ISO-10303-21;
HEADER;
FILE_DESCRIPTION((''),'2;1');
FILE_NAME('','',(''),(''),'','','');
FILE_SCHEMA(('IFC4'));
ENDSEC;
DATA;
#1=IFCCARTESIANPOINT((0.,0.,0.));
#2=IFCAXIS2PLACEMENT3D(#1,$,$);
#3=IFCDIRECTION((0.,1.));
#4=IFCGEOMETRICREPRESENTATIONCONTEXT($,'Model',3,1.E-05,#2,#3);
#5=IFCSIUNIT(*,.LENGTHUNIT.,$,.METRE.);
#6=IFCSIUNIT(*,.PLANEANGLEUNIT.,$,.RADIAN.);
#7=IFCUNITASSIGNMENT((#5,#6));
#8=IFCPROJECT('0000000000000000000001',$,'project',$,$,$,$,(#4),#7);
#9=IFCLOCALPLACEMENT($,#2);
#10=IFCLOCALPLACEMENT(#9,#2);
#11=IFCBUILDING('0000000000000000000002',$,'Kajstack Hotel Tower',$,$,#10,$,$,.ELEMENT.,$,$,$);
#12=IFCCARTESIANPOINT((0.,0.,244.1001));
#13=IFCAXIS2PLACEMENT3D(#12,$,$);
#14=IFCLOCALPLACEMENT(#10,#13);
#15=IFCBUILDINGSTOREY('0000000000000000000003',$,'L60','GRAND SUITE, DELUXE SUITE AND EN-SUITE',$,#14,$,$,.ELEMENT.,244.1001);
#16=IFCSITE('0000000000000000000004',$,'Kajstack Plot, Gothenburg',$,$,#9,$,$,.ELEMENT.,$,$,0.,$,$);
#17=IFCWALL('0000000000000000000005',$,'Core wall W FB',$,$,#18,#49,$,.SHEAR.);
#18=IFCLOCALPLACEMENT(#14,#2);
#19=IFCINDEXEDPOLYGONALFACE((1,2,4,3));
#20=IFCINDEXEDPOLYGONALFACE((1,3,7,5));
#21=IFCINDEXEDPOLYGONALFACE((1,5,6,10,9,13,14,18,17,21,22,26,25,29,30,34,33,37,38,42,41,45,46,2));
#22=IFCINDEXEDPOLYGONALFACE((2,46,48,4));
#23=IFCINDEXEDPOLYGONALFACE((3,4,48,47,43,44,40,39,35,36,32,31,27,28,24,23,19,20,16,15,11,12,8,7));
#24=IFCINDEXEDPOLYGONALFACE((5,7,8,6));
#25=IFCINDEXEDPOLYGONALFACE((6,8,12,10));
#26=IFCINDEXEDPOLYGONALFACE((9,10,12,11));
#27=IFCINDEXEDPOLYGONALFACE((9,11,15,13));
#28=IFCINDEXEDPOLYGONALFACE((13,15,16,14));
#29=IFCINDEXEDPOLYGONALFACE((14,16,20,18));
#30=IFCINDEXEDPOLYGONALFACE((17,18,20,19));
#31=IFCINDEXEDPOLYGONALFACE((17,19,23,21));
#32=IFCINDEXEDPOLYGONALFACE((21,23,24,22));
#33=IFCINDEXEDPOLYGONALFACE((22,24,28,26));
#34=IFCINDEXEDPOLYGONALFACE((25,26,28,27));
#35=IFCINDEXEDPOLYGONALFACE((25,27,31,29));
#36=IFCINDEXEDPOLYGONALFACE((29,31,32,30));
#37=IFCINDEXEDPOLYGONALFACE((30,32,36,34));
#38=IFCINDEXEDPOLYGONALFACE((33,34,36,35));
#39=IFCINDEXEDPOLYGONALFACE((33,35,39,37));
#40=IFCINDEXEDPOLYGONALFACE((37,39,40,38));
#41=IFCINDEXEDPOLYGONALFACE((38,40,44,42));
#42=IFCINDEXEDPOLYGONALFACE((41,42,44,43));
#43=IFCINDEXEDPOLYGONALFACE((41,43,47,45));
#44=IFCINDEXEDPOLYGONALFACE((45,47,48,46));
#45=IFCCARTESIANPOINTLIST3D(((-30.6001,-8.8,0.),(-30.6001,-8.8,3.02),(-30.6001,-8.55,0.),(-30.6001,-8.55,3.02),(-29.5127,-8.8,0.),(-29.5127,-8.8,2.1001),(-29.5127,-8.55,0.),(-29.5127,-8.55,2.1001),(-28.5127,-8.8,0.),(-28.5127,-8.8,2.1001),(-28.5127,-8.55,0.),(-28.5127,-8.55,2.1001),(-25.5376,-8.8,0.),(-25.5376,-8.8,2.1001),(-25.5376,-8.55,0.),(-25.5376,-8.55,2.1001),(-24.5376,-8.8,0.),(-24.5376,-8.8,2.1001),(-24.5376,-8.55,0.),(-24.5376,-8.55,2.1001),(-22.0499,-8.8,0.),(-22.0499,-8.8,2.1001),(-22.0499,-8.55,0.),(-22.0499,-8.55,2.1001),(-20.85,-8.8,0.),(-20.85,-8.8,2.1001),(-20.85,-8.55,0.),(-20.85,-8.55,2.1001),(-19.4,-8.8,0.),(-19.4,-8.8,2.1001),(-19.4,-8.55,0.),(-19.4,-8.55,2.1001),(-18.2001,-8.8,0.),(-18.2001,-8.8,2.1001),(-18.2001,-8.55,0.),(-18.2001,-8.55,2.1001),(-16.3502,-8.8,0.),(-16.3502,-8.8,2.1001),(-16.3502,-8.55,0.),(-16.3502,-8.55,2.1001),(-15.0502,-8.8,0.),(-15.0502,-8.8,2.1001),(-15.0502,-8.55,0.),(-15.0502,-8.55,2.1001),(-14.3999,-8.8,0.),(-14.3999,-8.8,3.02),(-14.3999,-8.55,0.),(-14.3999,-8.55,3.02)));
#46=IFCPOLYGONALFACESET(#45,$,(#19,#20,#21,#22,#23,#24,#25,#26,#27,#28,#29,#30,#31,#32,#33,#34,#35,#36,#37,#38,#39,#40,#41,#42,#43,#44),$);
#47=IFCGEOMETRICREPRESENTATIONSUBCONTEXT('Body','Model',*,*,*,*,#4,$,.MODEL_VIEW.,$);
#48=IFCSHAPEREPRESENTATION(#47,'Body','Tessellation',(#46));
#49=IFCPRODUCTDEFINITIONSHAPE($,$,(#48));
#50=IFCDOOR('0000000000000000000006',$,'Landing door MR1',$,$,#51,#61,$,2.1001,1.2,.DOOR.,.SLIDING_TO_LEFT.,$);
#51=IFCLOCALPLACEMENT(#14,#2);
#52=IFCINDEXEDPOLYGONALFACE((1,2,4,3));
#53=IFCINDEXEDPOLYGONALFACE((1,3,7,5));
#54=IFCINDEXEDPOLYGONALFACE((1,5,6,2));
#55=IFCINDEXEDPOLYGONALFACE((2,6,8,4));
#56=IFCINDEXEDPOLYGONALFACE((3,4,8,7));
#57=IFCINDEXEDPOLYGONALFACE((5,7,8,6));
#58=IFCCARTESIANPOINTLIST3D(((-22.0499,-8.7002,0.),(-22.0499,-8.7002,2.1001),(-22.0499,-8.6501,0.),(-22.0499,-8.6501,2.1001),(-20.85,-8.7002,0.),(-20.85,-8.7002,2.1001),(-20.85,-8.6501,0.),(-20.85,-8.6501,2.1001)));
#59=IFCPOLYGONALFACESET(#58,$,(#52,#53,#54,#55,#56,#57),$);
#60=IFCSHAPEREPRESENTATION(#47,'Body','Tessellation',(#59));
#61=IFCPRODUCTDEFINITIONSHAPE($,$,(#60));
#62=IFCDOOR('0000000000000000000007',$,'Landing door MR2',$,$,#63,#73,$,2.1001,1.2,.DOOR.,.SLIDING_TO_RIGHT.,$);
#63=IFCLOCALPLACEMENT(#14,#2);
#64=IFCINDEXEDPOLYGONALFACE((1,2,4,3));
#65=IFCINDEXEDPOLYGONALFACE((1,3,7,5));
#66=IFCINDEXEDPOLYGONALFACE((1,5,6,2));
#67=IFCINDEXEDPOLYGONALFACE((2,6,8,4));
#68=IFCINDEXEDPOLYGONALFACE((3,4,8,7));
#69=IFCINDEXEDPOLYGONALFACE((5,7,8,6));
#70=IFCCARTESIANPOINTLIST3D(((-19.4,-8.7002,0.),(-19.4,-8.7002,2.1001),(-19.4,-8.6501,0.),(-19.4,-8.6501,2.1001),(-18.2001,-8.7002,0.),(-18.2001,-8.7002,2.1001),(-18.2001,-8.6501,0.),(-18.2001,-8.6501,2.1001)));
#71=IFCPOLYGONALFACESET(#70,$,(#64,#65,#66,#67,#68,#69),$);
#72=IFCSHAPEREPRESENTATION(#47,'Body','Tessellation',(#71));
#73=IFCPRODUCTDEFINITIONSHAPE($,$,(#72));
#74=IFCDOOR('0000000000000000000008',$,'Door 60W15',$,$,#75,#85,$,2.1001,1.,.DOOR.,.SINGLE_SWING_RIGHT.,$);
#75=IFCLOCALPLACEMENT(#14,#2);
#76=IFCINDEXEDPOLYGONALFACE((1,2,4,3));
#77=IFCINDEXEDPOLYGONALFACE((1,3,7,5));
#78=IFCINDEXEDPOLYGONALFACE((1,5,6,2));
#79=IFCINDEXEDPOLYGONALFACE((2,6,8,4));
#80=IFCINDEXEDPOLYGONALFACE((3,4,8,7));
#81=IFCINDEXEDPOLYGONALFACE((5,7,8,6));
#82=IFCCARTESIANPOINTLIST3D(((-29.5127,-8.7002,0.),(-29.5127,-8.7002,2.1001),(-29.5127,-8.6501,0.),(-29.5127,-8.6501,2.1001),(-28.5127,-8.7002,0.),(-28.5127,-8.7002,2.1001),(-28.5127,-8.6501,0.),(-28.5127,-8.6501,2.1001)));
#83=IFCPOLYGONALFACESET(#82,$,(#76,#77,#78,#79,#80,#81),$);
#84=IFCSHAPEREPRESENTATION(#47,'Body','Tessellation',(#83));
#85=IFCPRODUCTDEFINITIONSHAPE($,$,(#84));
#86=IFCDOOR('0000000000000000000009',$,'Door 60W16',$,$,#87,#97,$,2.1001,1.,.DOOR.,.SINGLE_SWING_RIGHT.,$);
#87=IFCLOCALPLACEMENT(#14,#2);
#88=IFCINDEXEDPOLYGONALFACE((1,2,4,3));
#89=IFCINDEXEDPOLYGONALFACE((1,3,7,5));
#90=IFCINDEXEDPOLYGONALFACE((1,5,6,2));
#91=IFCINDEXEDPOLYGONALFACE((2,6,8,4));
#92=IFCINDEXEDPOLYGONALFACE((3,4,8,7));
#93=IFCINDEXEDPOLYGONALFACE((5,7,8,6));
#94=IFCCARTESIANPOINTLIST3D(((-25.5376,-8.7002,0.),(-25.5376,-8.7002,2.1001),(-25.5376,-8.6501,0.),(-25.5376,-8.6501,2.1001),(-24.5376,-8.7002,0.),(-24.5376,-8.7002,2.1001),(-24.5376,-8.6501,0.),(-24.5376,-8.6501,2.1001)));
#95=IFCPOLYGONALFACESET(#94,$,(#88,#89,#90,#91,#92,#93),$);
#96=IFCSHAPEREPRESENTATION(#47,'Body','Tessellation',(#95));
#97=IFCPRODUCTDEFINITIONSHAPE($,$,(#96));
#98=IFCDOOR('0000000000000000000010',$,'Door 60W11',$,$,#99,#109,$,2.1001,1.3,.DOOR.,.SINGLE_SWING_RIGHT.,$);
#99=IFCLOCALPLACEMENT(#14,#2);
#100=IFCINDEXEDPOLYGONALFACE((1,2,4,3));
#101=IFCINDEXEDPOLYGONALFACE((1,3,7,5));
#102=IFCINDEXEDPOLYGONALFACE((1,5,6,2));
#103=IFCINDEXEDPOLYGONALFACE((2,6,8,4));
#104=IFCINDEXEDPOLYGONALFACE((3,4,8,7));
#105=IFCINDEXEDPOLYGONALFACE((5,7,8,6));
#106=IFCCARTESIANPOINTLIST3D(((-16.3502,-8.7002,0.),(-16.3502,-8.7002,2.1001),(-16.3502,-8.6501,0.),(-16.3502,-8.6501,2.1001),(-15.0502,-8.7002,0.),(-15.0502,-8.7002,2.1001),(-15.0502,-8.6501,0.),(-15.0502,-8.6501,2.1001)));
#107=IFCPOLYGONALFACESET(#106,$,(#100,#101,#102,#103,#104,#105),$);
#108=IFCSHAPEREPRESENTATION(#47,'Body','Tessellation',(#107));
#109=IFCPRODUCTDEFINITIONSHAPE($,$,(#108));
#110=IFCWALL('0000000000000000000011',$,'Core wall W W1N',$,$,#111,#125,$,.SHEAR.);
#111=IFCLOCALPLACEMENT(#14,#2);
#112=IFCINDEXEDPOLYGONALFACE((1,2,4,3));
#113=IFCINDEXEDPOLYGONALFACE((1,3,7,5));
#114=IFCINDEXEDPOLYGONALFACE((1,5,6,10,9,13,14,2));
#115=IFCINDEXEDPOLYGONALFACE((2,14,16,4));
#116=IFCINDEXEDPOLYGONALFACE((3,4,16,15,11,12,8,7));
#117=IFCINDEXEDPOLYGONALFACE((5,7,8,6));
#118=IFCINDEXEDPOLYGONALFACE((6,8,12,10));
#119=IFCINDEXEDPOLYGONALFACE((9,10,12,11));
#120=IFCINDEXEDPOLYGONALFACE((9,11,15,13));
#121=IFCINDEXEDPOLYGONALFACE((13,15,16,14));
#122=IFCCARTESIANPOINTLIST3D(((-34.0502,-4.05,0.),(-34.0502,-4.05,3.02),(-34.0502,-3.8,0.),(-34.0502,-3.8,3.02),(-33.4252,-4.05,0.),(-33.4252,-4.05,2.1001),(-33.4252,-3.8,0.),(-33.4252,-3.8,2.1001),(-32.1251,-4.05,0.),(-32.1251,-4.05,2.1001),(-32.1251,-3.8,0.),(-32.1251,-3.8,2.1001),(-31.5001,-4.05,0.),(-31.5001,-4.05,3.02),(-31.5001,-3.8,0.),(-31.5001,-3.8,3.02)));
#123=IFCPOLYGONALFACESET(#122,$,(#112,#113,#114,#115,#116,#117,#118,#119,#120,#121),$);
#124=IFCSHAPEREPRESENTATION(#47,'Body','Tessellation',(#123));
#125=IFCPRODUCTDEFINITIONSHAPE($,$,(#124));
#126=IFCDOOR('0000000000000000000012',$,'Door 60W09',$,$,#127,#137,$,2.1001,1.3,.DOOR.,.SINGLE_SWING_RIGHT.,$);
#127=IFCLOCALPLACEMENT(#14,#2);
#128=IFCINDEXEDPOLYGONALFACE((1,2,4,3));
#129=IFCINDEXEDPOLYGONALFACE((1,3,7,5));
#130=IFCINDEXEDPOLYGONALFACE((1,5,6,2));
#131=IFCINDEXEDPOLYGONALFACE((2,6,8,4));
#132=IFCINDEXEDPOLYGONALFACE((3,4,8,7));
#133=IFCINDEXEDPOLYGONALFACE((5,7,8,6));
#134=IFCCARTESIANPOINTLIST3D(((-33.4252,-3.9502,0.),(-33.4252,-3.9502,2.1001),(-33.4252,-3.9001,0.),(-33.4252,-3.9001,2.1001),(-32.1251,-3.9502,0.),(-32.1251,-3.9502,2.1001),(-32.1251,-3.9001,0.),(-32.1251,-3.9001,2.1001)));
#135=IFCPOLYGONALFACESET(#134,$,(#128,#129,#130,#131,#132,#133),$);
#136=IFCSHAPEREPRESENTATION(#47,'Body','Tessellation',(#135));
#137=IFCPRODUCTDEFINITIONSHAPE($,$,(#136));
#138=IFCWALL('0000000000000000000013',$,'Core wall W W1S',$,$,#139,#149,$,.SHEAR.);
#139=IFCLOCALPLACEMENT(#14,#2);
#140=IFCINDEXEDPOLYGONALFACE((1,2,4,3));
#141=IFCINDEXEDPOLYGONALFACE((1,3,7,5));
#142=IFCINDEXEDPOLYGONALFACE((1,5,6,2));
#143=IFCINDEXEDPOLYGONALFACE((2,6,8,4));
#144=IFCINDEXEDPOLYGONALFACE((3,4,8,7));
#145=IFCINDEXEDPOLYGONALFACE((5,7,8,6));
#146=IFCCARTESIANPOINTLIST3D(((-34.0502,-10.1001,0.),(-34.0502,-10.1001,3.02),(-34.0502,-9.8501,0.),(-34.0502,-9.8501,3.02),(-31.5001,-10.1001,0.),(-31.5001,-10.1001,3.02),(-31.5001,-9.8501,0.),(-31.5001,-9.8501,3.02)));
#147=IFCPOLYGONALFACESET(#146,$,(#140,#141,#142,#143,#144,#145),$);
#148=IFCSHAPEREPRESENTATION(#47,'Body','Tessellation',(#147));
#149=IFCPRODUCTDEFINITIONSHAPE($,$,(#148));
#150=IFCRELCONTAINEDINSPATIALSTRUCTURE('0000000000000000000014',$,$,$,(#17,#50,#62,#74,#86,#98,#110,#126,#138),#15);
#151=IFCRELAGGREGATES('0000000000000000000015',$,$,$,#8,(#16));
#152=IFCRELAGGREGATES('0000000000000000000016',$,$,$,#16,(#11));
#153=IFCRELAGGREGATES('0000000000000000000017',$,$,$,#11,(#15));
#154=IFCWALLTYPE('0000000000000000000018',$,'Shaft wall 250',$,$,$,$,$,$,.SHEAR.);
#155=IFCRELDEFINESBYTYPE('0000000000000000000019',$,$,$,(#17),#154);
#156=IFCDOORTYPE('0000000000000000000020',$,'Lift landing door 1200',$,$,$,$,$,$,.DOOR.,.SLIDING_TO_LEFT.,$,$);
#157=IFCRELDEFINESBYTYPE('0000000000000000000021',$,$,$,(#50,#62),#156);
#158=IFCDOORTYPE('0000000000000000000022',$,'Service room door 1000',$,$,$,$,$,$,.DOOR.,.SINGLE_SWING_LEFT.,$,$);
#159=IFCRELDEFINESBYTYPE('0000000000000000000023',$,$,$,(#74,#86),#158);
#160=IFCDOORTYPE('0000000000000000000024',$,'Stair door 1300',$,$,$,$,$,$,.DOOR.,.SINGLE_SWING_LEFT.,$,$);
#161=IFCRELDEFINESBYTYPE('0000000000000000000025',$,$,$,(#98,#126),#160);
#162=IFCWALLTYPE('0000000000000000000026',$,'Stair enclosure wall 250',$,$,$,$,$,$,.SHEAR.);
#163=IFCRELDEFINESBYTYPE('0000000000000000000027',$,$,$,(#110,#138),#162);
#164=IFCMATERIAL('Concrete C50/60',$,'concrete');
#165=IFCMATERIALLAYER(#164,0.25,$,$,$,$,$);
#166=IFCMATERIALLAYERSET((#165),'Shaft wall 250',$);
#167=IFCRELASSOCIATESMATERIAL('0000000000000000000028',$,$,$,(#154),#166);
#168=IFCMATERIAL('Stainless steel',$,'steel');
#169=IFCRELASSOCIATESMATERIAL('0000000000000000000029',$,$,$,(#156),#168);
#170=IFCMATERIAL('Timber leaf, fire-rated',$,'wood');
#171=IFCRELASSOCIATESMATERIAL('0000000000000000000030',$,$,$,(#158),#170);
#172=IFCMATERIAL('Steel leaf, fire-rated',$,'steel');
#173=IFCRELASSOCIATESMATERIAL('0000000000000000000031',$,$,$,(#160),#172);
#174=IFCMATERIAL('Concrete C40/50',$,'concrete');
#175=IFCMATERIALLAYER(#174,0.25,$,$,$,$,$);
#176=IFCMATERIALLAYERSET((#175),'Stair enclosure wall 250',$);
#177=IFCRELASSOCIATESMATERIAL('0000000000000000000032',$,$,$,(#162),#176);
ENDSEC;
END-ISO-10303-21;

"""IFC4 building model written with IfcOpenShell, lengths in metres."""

from ifc_helpers import new_model, si_unit, direction, frame, frame_2d, origin, place, context, subcontext, project, spatial, rectangle, extrude, material, layer, layer_set, type_object, element, fill, save


model = new_model("IFC4")

# Units and contexts
model_context = context("Model", 3, precision=1e-05, world=origin(), true_north=direction((0.0, 1.0)))
body_context = subcontext(model_context, "Body", "Model", "MODEL_VIEW")
ifc_project = project(units=[si_unit("LENGTHUNIT", "METRE"), si_unit("PLANEANGLEUNIT", "RADIAN")], contexts=[model_context])

# Site, building, storey
site_placement = place(None, origin())
site = spatial("IfcSite", under=ifc_project, at=site_placement, Name="Kajstack Plot, Gothenburg", CompositionType="ELEMENT", RefElevation=0.0)
building_placement = place(site_placement, origin())
building = spatial("IfcBuilding", under=site, at=building_placement, Name="Kajstack Hotel Tower", CompositionType="ELEMENT")
storey_placement = place(building_placement, frame((0.0, 0.0, 244.1001)))
storey = spatial("IfcBuildingStorey", under=building, at=storey_placement, Name="L60", Description="GRAND SUITE, DELUXE SUITE AND EN-SUITE", CompositionType="ELEMENT", Elevation=244.1001)

# Shared definitions
ifc_material_1 = material(Name="Concrete C50/60", Category="concrete")
ifc_layer_1 = layer(ifc_material_1, 0.25)
ifc_layer_set_1 = layer_set([ifc_layer_1], Name="Shaft wall 250")
wall_type_1 = type_object("IfcWallType", Name="Shaft wall 250", PredefinedType="SHEAR", material=ifc_layer_set_1)
ifc_material_2 = material(Name="Stainless steel", Category="steel")
door_type_1 = type_object("IfcDoorType", Name="Lift landing door 1200", OperationType="SLIDING_TO_LEFT", PredefinedType="DOOR", material=ifc_material_2)

# Wall, openings, doors
wall_1_placement = place(storey_placement, frame((-30.6001, -8.675, 0.0), z_axis=(0.0, 0.0, 1.0), x_axis=(1.0, 0.0, 0.0)))
wall_1 = element("IfcWall", 1, at=wall_1_placement, inside=storey, type_object=wall_type_1, Name="Core wall W FB", PredefinedType="SHEAR", context=body_context, shape_type="SweptSolid", body=[
    extrude(rectangle(XDim=16.2002, YDim=0.25, at=frame_2d((8.1001, 0.0))), origin(), (0.0, 0.0, 1.0), 3.02),
])
opening_1_placement = place(wall_1_placement, frame((8.55, 0.0, 0.0)))
opening_1 = element("IfcOpeningElement", 2, at=opening_1_placement, cuts=wall_1, PredefinedType="OPENING", context=body_context, shape_type="SweptSolid", body=[
    extrude(rectangle(XDim=1.2, YDim=2.1001, at=frame_2d((0.6001, 1.05))), frame((0.0, 0.135, 0.0), z_axis=(0.0, -1.0, 0.0), x_axis=(1.0, 0.0, 0.0)), (0.0, 0.0, 1.0), 0.27),
])
opening_2_placement = place(wall_1_placement, frame((11.2, 0.0, 0.0)))
opening_2 = element("IfcOpeningElement", 3, at=opening_2_placement, cuts=wall_1, PredefinedType="OPENING", context=body_context, shape_type="SweptSolid", body=[
    extrude(rectangle(XDim=1.2, YDim=2.1001, at=frame_2d((0.6001, 1.05))), frame((0.0, 0.135, 0.0), z_axis=(0.0, -1.0, 0.0), x_axis=(1.0, 0.0, 0.0)), (0.0, 0.0, 1.0), 0.27),
])
opening_3_placement = place(wall_1_placement, frame((14.25, 0.0, 0.0)))
opening_3 = element("IfcOpeningElement", 4, at=opening_3_placement, cuts=wall_1, PredefinedType="OPENING", context=body_context, shape_type="SweptSolid", body=[
    extrude(rectangle(XDim=1.3, YDim=2.1001, at=frame_2d((0.6499, 1.05))), frame((0.0, 0.135, 0.0), z_axis=(0.0, -1.0, 0.0), x_axis=(1.0, 0.0, 0.0)), (0.0, 0.0, 1.0), 0.27),
])
opening_4_placement = place(wall_1_placement, frame((1.0874, 0.0, 0.0)))
opening_4 = element("IfcOpeningElement", 5, at=opening_4_placement, cuts=wall_1, PredefinedType="OPENING", context=body_context, shape_type="SweptSolid", body=[
    extrude(rectangle(XDim=1.0, YDim=2.1001, at=frame_2d((0.5, 1.05))), frame((0.0, 0.135, 0.0), z_axis=(0.0, -1.0, 0.0), x_axis=(1.0, 0.0, 0.0)), (0.0, 0.0, 1.0), 0.27),
])
opening_5_placement = place(wall_1_placement, frame((5.0625, 0.0, 0.0)))
opening_5 = element("IfcOpeningElement", 6, at=opening_5_placement, cuts=wall_1, PredefinedType="OPENING", context=body_context, shape_type="SweptSolid", body=[
    extrude(rectangle(XDim=1.0, YDim=2.1001, at=frame_2d((0.5, 1.05))), frame((0.0, 0.135, 0.0), z_axis=(0.0, -1.0, 0.0), x_axis=(1.0, 0.0, 0.0)), (0.0, 0.0, 1.0), 0.27),
])
door_1_placement = place(opening_1_placement, origin())
door_1 = element("IfcDoor", 7, at=door_1_placement, inside=storey, type_object=door_type_1, Name="Landing door MR1", OperationType="SLIDING_TO_LEFT", OverallHeight=2.1001, OverallWidth=1.2, PredefinedType="DOOR", context=body_context, shape_type="SweptSolid", body=[
    extrude(rectangle(XDim=1.2, YDim=2.1001, at=frame_2d((0.6001, 1.05))), frame((0.0, 0.0249, 0.0), z_axis=(0.0, -1.0, 0.0), x_axis=(1.0, 0.0, 0.0)), (0.0, 0.0, 1.0), 0.05),
])
fill(opening_1, door_1)
door_2_placement = place(opening_2_placement, origin())
door_2 = element("IfcDoor", 8, at=door_2_placement, inside=storey, type_object=door_type_1, Name="Landing door MR2", OperationType="SLIDING_TO_RIGHT", OverallHeight=2.1001, OverallWidth=1.2, PredefinedType="DOOR", context=body_context, shape_type="SweptSolid", body=[
    extrude(rectangle(XDim=1.2, YDim=2.1001, at=frame_2d((0.6001, 1.05))), frame((0.0, 0.0249, 0.0), z_axis=(0.0, -1.0, 0.0), x_axis=(1.0, 0.0, 0.0)), (0.0, 0.0, 1.0), 0.05),
])
fill(opening_2, door_2)
ifc_material_3 = material(Name="Timber leaf, fire-rated", Category="wood")
door_type_2 = type_object("IfcDoorType", Name="Service room door 1000", OperationType="SINGLE_SWING_LEFT", PredefinedType="DOOR", material=ifc_material_3)
door_3_placement = place(opening_4_placement, origin())
door_3 = element("IfcDoor", 9, at=door_3_placement, inside=storey, type_object=door_type_2, Name="Door 60W15", OperationType="SINGLE_SWING_RIGHT", OverallHeight=2.1001, OverallWidth=1.0, PredefinedType="DOOR", context=body_context, shape_type="SweptSolid", body=[
    extrude(rectangle(XDim=1.0, YDim=2.1001, at=frame_2d((0.5, 1.05))), frame((0.0, 0.0249, 0.0), z_axis=(0.0, -1.0, 0.0), x_axis=(1.0, 0.0, 0.0)), (0.0, 0.0, 1.0), 0.05),
])
fill(opening_4, door_3)
door_4_placement = place(opening_5_placement, origin())
door_4 = element("IfcDoor", 10, at=door_4_placement, inside=storey, type_object=door_type_2, Name="Door 60W16", OperationType="SINGLE_SWING_RIGHT", OverallHeight=2.1001, OverallWidth=1.0, PredefinedType="DOOR", context=body_context, shape_type="SweptSolid", body=[
    extrude(rectangle(XDim=1.0, YDim=2.1001, at=frame_2d((0.5, 1.05))), frame((0.0, 0.0249, 0.0), z_axis=(0.0, -1.0, 0.0), x_axis=(1.0, 0.0, 0.0)), (0.0, 0.0, 1.0), 0.05),
])
fill(opening_5, door_4)
ifc_material_4 = material(Name="Steel leaf, fire-rated", Category="steel")
door_type_3 = type_object("IfcDoorType", Name="Stair door 1300", OperationType="SINGLE_SWING_LEFT", PredefinedType="DOOR", material=ifc_material_4)
door_5_placement = place(opening_3_placement, origin())
door_5 = element("IfcDoor", 11, at=door_5_placement, inside=storey, type_object=door_type_3, Name="Door 60W11", OperationType="SINGLE_SWING_RIGHT", OverallHeight=2.1001, OverallWidth=1.3, PredefinedType="DOOR", context=body_context, shape_type="SweptSolid", body=[
    extrude(rectangle(XDim=1.3, YDim=2.1001, at=frame_2d((0.6499, 1.05))), frame((0.0, 0.0249, 0.0), z_axis=(0.0, -1.0, 0.0), x_axis=(1.0, 0.0, 0.0)), (0.0, 0.0, 1.0), 0.05),
])
fill(opening_3, door_5)

# Wall, opening, door
ifc_material_5 = material(Name="Concrete C40/50", Category="concrete")
ifc_layer_2 = layer(ifc_material_5, 0.25)
ifc_layer_set_2 = layer_set([ifc_layer_2], Name="Stair enclosure wall 250")
wall_type_2 = type_object("IfcWallType", Name="Stair enclosure wall 250", PredefinedType="SHEAR", material=ifc_layer_set_2)
wall_2_placement = place(storey_placement, frame((-34.05, -3.925, 0.0), z_axis=(0.0, 0.0, 1.0), x_axis=(1.0, 0.0, 0.0)))
wall_2 = element("IfcWall", 12, at=wall_2_placement, inside=storey, type_object=wall_type_2, Name="Core wall W W1N", PredefinedType="SHEAR", context=body_context, shape_type="SweptSolid", body=[
    extrude(rectangle(XDim=2.55, YDim=0.25, at=frame_2d((1.2749, 0.0))), origin(), (0.0, 0.0, 1.0), 3.02),
])
opening_6_placement = place(wall_2_placement, frame((0.625, 0.0, 0.0)))
opening_6 = element("IfcOpeningElement", 13, at=opening_6_placement, cuts=wall_2, PredefinedType="OPENING", context=body_context, shape_type="SweptSolid", body=[
    extrude(rectangle(XDim=1.3, YDim=2.1001, at=frame_2d((0.6499, 1.05))), frame((0.0, 0.135, 0.0), z_axis=(0.0, -1.0, 0.0), x_axis=(1.0, 0.0, 0.0)), (0.0, 0.0, 1.0), 0.27),
])
door_6_placement = place(opening_6_placement, origin())
door_6 = element("IfcDoor", 14, at=door_6_placement, inside=storey, type_object=door_type_3, Name="Door 60W09", OperationType="SINGLE_SWING_RIGHT", OverallHeight=2.1001, OverallWidth=1.3, PredefinedType="DOOR", context=body_context, shape_type="SweptSolid", body=[
    extrude(rectangle(XDim=1.3, YDim=2.1001, at=frame_2d((0.6499, 1.05))), frame((0.0, 0.0249, 0.0), z_axis=(0.0, -1.0, 0.0), x_axis=(1.0, 0.0, 0.0)), (0.0, 0.0, 1.0), 0.05),
])
fill(opening_6, door_6)

# Wall
wall_3_placement = place(storey_placement, frame((-34.05, -9.9751, 0.0), z_axis=(0.0, 0.0, 1.0), x_axis=(1.0, 0.0, 0.0)))
element("IfcWall", 15, at=wall_3_placement, inside=storey, type_object=wall_type_2, Name="Core wall W W1S", PredefinedType="SHEAR", context=body_context, shape_type="SweptSolid", body=[
    extrude(rectangle(XDim=2.55, YDim=0.25, at=frame_2d((1.2749, 0.0))), origin(), (0.0, 0.0, 1.0), 3.02),
])

save(model, "model.ifc")
